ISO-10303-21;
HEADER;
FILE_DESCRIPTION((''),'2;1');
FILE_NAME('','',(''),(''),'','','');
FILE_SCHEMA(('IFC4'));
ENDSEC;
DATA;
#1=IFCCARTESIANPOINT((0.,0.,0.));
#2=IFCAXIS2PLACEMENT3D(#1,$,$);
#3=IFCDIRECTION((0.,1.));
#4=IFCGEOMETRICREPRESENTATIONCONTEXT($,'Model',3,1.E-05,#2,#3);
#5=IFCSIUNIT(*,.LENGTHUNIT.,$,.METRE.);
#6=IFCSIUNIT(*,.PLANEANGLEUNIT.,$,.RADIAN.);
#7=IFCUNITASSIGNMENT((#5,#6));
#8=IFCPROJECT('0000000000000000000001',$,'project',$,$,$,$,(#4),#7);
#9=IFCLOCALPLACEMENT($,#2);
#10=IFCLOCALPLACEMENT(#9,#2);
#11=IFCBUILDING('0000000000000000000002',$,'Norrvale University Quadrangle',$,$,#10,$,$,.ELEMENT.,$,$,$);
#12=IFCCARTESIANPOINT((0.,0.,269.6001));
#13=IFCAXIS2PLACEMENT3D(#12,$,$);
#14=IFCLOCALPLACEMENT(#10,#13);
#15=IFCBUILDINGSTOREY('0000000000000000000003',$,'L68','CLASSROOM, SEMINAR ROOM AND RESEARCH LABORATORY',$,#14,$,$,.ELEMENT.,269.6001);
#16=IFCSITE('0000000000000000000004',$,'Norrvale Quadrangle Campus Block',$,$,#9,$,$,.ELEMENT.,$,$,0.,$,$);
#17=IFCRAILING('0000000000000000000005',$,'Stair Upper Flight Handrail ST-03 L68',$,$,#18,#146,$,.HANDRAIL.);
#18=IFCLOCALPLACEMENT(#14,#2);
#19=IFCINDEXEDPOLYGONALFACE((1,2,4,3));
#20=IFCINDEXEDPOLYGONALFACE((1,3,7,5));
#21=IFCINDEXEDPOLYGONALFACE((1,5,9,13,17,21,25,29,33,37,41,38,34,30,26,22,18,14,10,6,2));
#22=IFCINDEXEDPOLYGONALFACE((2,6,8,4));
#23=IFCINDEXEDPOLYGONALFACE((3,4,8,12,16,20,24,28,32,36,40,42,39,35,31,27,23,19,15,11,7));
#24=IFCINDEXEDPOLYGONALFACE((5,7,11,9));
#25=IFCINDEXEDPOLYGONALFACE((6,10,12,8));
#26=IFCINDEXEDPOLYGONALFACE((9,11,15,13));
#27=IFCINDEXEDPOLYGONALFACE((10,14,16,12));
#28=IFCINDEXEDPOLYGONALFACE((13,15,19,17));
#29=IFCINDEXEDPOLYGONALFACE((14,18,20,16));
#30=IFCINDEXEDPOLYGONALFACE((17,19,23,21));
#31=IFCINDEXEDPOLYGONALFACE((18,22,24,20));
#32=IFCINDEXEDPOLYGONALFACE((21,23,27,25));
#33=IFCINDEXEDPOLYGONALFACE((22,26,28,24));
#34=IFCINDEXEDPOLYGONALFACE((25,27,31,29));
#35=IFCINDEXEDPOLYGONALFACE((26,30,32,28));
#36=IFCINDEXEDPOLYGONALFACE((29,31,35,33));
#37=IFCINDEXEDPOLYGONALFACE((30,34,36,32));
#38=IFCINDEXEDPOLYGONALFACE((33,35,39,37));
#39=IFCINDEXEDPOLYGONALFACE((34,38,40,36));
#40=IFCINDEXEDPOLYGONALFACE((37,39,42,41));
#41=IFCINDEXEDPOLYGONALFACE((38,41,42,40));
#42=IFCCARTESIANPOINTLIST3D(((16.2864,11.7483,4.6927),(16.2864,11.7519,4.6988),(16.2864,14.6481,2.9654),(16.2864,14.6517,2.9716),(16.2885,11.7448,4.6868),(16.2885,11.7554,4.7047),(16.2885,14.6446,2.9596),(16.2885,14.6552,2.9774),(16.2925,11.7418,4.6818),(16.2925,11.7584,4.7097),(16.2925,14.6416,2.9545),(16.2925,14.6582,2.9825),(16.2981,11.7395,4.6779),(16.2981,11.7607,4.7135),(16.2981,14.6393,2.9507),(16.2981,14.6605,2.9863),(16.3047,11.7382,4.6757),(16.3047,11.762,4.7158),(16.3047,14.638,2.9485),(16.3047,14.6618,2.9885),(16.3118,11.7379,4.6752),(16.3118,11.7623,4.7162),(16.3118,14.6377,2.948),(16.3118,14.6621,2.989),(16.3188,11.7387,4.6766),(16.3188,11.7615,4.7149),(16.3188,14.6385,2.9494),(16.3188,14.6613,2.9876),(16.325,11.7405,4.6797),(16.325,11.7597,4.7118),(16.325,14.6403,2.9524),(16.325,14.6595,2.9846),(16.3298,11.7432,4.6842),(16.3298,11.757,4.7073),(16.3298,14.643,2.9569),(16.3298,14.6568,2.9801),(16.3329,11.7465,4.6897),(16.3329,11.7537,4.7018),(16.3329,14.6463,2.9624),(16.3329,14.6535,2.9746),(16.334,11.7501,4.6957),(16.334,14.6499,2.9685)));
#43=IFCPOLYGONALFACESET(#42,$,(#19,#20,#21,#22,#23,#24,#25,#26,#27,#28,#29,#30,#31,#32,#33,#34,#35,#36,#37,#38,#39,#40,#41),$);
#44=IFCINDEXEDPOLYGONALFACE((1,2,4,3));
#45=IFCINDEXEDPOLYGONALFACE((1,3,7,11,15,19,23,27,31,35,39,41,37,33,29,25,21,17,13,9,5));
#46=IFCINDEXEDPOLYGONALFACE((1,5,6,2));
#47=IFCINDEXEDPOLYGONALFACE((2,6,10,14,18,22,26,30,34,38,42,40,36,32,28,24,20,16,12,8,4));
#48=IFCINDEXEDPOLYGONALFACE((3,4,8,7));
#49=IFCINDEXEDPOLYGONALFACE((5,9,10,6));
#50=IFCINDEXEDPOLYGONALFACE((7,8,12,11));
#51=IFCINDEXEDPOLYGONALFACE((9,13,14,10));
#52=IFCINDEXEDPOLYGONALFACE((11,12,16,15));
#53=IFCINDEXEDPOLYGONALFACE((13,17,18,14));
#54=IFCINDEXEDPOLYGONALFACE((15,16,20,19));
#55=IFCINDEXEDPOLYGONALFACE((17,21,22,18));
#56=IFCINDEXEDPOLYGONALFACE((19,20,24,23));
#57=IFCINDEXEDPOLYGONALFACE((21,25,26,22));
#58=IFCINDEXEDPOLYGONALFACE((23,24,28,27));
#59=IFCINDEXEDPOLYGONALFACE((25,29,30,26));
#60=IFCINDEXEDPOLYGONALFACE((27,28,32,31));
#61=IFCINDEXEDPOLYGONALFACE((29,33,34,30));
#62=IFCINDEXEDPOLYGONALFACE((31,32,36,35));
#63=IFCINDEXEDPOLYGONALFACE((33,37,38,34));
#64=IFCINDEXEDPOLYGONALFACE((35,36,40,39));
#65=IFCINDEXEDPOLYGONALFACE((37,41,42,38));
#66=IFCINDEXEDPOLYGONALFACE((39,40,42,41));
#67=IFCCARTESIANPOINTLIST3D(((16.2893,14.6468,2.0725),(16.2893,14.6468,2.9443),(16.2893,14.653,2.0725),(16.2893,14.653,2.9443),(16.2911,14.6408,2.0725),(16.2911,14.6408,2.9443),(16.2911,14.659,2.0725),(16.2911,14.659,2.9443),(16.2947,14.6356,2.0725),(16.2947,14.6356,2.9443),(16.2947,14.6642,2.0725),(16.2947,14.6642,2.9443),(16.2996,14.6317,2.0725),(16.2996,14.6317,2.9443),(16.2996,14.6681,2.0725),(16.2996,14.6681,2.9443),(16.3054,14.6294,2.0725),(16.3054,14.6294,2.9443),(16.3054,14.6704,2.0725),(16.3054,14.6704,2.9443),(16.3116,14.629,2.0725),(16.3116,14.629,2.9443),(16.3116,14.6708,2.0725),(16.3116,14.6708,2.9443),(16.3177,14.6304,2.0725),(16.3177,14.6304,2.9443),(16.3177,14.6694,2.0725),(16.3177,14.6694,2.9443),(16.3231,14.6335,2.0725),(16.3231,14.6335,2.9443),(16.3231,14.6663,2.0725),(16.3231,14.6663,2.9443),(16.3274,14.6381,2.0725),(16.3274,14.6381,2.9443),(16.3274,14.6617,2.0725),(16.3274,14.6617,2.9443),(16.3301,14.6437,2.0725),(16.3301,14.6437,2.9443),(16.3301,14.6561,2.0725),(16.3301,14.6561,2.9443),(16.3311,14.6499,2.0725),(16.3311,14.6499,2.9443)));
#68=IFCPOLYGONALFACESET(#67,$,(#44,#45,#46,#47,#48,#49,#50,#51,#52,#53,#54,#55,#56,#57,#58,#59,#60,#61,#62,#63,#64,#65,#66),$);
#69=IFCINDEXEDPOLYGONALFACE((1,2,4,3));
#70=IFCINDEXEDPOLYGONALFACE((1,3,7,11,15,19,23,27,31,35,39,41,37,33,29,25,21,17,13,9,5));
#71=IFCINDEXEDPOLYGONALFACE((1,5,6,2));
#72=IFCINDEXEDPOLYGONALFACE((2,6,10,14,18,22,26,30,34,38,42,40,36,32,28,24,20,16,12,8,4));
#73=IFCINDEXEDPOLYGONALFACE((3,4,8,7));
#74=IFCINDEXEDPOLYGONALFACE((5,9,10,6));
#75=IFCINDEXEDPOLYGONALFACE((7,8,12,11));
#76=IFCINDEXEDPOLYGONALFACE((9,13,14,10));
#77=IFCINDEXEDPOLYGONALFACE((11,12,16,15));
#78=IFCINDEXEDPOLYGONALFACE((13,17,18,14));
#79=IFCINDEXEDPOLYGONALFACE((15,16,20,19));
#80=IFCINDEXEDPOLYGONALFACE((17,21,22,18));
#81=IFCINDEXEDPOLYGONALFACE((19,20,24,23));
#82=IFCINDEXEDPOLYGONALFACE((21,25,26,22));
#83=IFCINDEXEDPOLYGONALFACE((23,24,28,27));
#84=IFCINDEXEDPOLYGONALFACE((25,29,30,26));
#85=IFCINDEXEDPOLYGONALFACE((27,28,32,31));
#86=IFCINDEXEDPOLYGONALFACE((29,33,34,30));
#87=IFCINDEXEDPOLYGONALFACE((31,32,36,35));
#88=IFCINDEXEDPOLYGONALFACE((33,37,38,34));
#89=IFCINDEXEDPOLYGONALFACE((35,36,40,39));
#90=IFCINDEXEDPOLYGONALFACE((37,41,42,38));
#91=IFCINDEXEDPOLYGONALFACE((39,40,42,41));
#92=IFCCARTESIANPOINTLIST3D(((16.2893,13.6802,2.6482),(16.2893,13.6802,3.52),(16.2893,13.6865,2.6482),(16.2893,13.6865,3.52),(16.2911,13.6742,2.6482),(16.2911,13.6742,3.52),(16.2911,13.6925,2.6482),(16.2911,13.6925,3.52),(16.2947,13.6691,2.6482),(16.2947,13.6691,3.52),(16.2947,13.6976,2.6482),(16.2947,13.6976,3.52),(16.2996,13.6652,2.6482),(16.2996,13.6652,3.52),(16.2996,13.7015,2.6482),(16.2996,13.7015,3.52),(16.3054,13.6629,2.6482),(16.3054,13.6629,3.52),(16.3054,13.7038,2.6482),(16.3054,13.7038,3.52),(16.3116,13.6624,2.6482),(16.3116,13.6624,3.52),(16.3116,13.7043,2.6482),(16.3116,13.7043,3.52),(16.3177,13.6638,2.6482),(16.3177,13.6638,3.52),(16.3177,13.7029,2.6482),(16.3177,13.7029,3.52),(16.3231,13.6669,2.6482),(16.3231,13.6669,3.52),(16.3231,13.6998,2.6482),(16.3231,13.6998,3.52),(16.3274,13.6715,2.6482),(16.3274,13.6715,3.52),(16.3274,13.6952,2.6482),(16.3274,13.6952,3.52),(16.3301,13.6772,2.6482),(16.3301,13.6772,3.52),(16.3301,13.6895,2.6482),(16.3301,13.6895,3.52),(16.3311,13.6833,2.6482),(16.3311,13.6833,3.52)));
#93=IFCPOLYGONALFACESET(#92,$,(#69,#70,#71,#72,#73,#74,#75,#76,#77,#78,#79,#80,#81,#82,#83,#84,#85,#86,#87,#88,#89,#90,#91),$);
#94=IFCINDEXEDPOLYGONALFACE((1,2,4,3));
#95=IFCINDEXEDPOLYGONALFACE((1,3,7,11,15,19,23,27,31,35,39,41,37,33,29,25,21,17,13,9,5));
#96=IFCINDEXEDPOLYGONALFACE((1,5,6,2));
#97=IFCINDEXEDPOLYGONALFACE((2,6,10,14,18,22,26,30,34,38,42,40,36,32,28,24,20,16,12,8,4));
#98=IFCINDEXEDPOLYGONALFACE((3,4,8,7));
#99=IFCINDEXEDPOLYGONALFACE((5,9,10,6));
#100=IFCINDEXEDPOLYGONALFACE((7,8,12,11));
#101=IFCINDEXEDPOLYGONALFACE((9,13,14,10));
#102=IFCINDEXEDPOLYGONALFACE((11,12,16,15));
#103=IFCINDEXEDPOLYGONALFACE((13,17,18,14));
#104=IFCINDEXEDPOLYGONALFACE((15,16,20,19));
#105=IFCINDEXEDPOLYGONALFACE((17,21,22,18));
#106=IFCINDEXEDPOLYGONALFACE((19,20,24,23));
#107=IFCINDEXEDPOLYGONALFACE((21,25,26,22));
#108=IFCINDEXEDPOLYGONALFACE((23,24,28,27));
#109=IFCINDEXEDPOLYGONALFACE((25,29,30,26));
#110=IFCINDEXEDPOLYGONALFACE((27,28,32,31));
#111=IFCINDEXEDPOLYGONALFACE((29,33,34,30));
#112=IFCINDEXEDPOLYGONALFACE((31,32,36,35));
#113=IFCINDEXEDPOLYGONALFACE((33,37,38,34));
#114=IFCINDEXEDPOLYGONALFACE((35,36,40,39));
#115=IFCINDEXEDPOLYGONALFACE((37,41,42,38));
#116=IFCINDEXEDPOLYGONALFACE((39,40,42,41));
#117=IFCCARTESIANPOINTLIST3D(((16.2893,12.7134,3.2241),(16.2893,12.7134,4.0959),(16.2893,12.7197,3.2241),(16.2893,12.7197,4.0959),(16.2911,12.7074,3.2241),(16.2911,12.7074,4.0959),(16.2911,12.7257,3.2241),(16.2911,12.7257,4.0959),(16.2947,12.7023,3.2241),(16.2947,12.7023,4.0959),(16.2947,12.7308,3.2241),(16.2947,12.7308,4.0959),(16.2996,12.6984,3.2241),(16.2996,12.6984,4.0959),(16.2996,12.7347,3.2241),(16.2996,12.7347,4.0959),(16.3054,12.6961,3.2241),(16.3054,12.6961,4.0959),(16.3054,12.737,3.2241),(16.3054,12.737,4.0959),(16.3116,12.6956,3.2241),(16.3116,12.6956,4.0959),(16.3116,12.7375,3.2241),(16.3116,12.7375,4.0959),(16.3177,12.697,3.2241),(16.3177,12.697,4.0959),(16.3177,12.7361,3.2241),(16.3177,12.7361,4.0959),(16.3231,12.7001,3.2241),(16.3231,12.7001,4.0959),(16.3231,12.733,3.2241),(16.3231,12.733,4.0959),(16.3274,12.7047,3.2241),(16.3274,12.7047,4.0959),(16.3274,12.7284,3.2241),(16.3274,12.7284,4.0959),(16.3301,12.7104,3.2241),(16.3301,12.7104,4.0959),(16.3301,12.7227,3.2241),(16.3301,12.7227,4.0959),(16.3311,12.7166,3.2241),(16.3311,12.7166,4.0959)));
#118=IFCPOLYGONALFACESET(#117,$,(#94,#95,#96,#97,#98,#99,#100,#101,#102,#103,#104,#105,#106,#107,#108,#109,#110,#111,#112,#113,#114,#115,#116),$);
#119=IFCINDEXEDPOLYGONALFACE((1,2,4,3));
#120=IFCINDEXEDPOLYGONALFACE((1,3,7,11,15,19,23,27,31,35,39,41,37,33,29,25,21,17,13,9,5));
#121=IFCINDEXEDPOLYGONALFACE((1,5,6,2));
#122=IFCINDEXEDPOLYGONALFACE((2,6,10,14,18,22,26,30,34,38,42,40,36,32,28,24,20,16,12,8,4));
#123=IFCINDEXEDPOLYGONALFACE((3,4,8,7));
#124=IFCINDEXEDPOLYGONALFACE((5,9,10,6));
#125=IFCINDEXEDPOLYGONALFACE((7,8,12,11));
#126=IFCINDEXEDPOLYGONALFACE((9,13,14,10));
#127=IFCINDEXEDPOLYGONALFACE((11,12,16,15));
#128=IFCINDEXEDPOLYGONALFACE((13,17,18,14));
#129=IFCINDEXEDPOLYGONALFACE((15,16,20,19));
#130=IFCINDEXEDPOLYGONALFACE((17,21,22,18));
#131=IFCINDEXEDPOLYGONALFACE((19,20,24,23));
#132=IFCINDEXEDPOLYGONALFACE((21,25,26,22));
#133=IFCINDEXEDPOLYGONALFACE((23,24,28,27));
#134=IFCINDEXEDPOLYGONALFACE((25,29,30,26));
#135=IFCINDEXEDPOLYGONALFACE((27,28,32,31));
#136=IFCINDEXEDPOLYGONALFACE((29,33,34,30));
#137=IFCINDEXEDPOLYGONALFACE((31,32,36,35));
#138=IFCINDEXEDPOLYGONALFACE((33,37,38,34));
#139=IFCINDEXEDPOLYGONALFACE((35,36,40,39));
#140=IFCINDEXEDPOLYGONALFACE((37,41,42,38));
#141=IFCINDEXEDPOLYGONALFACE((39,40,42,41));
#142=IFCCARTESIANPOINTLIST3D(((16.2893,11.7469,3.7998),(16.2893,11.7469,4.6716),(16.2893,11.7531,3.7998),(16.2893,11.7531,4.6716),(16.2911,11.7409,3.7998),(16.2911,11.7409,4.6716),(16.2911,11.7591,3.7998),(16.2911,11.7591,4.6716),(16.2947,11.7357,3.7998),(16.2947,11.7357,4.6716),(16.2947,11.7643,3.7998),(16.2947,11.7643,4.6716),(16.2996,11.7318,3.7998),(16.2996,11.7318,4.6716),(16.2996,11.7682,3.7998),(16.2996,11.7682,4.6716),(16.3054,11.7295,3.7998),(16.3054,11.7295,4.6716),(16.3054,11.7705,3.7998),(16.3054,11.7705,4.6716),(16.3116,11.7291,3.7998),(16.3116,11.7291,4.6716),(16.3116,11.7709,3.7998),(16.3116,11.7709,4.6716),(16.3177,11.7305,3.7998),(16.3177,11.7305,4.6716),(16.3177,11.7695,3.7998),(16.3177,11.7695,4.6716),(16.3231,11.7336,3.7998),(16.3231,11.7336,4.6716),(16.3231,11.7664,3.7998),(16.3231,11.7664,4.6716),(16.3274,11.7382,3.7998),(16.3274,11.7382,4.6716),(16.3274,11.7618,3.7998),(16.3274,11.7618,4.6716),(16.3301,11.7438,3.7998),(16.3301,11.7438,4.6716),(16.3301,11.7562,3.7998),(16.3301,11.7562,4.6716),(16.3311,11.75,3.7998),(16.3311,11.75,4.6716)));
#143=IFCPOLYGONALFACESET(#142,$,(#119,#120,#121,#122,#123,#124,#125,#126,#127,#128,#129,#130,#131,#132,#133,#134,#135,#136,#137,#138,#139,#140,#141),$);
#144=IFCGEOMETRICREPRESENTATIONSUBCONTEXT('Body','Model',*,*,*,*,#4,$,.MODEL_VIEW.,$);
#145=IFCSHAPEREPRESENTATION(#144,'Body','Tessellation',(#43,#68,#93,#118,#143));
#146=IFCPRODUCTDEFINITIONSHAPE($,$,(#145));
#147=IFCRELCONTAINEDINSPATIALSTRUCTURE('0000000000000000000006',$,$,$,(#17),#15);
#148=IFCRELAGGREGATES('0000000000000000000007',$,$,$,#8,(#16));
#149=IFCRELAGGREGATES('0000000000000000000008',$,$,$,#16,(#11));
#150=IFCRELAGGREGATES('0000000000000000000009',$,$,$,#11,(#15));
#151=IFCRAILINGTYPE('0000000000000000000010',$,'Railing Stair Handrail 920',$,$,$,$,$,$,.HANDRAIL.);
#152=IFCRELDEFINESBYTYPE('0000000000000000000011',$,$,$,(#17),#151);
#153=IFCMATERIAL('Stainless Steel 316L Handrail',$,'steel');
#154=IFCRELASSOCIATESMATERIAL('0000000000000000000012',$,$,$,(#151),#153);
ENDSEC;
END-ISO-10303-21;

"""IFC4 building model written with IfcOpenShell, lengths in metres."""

from ifc_helpers import new_model, si_unit, direction, frame, origin, origin_2d, place, context, subcontext, project, spatial, circle, extrude, material, type_object, element, save


model = new_model("IFC4")

# Units and contexts
model_context = context("Model", 3, precision=1e-05, world=origin(), true_north=direction((0.0, 1.0)))
body_context = subcontext(model_context, "Body", "Model", "MODEL_VIEW")
ifc_project = project(units=[si_unit("LENGTHUNIT", "METRE"), si_unit("PLANEANGLEUNIT", "RADIAN")], contexts=[model_context])

# Site, building, storey
site_placement = place(None, origin())
site = spatial("IfcSite", under=ifc_project, at=site_placement, Name="Norrvale Quadrangle Campus Block", CompositionType="ELEMENT", RefElevation=0.0)
building_placement = place(site_placement, origin())
building = spatial("IfcBuilding", under=site, at=building_placement, Name="Norrvale University Quadrangle", CompositionType="ELEMENT")
storey_placement = place(building_placement, frame((0.0, 0.0, 269.6001)))
storey = spatial("IfcBuildingStorey", under=building, at=storey_placement, Name="L68", Description="CLASSROOM, SEMINAR ROOM AND RESEARCH LABORATORY", CompositionType="ELEMENT", Elevation=269.6001)

# Railing
ifc_material_1 = material(Name="Stainless Steel 316L Handrail", Category="steel")
railing_type_1 = type_object("IfcRailingType", Name="Railing Stair Handrail 920", PredefinedType="HANDRAIL", material=ifc_material_1)
railing_1_placement = place(storey_placement, frame((16.3101, 14.6499, 2.0725)))
element("IfcRailing", 1, at=railing_1_placement, inside=storey, type_object=railing_type_1, Name="Stair Upper Flight Handrail ST-03 L68", PredefinedType="HANDRAIL", context=body_context, shape_type="SweptSolid", body=[
    extrude(circle(Radius=0.0239, at=origin_2d()), frame((0.0, 0.0, 0.896), z_axis=(0.0, -0.859141, 0.511738), x_axis=(1.0, 0.0, 0.0)), (0.0, 0.0, 1.0), 3.3752),
    extrude(circle(Radius=0.021, at=origin_2d()), origin(), (0.0, 0.0, 1.0), 0.8718),
    extrude(circle(Radius=0.021, at=origin_2d()), frame((0.0, -0.9666, 0.5757)), (0.0, 0.0, 1.0), 0.8718),
    extrude(circle(Radius=0.021, at=origin_2d()), frame((0.0, -1.9333, 1.1516)), (0.0, 0.0, 1.0), 0.8718),
    extrude(circle(Radius=0.021, at=origin_2d()), frame((0.0, -2.8999, 1.7273)), (0.0, 0.0, 1.0), 0.8718),
])

save(model, "model.ifc")
